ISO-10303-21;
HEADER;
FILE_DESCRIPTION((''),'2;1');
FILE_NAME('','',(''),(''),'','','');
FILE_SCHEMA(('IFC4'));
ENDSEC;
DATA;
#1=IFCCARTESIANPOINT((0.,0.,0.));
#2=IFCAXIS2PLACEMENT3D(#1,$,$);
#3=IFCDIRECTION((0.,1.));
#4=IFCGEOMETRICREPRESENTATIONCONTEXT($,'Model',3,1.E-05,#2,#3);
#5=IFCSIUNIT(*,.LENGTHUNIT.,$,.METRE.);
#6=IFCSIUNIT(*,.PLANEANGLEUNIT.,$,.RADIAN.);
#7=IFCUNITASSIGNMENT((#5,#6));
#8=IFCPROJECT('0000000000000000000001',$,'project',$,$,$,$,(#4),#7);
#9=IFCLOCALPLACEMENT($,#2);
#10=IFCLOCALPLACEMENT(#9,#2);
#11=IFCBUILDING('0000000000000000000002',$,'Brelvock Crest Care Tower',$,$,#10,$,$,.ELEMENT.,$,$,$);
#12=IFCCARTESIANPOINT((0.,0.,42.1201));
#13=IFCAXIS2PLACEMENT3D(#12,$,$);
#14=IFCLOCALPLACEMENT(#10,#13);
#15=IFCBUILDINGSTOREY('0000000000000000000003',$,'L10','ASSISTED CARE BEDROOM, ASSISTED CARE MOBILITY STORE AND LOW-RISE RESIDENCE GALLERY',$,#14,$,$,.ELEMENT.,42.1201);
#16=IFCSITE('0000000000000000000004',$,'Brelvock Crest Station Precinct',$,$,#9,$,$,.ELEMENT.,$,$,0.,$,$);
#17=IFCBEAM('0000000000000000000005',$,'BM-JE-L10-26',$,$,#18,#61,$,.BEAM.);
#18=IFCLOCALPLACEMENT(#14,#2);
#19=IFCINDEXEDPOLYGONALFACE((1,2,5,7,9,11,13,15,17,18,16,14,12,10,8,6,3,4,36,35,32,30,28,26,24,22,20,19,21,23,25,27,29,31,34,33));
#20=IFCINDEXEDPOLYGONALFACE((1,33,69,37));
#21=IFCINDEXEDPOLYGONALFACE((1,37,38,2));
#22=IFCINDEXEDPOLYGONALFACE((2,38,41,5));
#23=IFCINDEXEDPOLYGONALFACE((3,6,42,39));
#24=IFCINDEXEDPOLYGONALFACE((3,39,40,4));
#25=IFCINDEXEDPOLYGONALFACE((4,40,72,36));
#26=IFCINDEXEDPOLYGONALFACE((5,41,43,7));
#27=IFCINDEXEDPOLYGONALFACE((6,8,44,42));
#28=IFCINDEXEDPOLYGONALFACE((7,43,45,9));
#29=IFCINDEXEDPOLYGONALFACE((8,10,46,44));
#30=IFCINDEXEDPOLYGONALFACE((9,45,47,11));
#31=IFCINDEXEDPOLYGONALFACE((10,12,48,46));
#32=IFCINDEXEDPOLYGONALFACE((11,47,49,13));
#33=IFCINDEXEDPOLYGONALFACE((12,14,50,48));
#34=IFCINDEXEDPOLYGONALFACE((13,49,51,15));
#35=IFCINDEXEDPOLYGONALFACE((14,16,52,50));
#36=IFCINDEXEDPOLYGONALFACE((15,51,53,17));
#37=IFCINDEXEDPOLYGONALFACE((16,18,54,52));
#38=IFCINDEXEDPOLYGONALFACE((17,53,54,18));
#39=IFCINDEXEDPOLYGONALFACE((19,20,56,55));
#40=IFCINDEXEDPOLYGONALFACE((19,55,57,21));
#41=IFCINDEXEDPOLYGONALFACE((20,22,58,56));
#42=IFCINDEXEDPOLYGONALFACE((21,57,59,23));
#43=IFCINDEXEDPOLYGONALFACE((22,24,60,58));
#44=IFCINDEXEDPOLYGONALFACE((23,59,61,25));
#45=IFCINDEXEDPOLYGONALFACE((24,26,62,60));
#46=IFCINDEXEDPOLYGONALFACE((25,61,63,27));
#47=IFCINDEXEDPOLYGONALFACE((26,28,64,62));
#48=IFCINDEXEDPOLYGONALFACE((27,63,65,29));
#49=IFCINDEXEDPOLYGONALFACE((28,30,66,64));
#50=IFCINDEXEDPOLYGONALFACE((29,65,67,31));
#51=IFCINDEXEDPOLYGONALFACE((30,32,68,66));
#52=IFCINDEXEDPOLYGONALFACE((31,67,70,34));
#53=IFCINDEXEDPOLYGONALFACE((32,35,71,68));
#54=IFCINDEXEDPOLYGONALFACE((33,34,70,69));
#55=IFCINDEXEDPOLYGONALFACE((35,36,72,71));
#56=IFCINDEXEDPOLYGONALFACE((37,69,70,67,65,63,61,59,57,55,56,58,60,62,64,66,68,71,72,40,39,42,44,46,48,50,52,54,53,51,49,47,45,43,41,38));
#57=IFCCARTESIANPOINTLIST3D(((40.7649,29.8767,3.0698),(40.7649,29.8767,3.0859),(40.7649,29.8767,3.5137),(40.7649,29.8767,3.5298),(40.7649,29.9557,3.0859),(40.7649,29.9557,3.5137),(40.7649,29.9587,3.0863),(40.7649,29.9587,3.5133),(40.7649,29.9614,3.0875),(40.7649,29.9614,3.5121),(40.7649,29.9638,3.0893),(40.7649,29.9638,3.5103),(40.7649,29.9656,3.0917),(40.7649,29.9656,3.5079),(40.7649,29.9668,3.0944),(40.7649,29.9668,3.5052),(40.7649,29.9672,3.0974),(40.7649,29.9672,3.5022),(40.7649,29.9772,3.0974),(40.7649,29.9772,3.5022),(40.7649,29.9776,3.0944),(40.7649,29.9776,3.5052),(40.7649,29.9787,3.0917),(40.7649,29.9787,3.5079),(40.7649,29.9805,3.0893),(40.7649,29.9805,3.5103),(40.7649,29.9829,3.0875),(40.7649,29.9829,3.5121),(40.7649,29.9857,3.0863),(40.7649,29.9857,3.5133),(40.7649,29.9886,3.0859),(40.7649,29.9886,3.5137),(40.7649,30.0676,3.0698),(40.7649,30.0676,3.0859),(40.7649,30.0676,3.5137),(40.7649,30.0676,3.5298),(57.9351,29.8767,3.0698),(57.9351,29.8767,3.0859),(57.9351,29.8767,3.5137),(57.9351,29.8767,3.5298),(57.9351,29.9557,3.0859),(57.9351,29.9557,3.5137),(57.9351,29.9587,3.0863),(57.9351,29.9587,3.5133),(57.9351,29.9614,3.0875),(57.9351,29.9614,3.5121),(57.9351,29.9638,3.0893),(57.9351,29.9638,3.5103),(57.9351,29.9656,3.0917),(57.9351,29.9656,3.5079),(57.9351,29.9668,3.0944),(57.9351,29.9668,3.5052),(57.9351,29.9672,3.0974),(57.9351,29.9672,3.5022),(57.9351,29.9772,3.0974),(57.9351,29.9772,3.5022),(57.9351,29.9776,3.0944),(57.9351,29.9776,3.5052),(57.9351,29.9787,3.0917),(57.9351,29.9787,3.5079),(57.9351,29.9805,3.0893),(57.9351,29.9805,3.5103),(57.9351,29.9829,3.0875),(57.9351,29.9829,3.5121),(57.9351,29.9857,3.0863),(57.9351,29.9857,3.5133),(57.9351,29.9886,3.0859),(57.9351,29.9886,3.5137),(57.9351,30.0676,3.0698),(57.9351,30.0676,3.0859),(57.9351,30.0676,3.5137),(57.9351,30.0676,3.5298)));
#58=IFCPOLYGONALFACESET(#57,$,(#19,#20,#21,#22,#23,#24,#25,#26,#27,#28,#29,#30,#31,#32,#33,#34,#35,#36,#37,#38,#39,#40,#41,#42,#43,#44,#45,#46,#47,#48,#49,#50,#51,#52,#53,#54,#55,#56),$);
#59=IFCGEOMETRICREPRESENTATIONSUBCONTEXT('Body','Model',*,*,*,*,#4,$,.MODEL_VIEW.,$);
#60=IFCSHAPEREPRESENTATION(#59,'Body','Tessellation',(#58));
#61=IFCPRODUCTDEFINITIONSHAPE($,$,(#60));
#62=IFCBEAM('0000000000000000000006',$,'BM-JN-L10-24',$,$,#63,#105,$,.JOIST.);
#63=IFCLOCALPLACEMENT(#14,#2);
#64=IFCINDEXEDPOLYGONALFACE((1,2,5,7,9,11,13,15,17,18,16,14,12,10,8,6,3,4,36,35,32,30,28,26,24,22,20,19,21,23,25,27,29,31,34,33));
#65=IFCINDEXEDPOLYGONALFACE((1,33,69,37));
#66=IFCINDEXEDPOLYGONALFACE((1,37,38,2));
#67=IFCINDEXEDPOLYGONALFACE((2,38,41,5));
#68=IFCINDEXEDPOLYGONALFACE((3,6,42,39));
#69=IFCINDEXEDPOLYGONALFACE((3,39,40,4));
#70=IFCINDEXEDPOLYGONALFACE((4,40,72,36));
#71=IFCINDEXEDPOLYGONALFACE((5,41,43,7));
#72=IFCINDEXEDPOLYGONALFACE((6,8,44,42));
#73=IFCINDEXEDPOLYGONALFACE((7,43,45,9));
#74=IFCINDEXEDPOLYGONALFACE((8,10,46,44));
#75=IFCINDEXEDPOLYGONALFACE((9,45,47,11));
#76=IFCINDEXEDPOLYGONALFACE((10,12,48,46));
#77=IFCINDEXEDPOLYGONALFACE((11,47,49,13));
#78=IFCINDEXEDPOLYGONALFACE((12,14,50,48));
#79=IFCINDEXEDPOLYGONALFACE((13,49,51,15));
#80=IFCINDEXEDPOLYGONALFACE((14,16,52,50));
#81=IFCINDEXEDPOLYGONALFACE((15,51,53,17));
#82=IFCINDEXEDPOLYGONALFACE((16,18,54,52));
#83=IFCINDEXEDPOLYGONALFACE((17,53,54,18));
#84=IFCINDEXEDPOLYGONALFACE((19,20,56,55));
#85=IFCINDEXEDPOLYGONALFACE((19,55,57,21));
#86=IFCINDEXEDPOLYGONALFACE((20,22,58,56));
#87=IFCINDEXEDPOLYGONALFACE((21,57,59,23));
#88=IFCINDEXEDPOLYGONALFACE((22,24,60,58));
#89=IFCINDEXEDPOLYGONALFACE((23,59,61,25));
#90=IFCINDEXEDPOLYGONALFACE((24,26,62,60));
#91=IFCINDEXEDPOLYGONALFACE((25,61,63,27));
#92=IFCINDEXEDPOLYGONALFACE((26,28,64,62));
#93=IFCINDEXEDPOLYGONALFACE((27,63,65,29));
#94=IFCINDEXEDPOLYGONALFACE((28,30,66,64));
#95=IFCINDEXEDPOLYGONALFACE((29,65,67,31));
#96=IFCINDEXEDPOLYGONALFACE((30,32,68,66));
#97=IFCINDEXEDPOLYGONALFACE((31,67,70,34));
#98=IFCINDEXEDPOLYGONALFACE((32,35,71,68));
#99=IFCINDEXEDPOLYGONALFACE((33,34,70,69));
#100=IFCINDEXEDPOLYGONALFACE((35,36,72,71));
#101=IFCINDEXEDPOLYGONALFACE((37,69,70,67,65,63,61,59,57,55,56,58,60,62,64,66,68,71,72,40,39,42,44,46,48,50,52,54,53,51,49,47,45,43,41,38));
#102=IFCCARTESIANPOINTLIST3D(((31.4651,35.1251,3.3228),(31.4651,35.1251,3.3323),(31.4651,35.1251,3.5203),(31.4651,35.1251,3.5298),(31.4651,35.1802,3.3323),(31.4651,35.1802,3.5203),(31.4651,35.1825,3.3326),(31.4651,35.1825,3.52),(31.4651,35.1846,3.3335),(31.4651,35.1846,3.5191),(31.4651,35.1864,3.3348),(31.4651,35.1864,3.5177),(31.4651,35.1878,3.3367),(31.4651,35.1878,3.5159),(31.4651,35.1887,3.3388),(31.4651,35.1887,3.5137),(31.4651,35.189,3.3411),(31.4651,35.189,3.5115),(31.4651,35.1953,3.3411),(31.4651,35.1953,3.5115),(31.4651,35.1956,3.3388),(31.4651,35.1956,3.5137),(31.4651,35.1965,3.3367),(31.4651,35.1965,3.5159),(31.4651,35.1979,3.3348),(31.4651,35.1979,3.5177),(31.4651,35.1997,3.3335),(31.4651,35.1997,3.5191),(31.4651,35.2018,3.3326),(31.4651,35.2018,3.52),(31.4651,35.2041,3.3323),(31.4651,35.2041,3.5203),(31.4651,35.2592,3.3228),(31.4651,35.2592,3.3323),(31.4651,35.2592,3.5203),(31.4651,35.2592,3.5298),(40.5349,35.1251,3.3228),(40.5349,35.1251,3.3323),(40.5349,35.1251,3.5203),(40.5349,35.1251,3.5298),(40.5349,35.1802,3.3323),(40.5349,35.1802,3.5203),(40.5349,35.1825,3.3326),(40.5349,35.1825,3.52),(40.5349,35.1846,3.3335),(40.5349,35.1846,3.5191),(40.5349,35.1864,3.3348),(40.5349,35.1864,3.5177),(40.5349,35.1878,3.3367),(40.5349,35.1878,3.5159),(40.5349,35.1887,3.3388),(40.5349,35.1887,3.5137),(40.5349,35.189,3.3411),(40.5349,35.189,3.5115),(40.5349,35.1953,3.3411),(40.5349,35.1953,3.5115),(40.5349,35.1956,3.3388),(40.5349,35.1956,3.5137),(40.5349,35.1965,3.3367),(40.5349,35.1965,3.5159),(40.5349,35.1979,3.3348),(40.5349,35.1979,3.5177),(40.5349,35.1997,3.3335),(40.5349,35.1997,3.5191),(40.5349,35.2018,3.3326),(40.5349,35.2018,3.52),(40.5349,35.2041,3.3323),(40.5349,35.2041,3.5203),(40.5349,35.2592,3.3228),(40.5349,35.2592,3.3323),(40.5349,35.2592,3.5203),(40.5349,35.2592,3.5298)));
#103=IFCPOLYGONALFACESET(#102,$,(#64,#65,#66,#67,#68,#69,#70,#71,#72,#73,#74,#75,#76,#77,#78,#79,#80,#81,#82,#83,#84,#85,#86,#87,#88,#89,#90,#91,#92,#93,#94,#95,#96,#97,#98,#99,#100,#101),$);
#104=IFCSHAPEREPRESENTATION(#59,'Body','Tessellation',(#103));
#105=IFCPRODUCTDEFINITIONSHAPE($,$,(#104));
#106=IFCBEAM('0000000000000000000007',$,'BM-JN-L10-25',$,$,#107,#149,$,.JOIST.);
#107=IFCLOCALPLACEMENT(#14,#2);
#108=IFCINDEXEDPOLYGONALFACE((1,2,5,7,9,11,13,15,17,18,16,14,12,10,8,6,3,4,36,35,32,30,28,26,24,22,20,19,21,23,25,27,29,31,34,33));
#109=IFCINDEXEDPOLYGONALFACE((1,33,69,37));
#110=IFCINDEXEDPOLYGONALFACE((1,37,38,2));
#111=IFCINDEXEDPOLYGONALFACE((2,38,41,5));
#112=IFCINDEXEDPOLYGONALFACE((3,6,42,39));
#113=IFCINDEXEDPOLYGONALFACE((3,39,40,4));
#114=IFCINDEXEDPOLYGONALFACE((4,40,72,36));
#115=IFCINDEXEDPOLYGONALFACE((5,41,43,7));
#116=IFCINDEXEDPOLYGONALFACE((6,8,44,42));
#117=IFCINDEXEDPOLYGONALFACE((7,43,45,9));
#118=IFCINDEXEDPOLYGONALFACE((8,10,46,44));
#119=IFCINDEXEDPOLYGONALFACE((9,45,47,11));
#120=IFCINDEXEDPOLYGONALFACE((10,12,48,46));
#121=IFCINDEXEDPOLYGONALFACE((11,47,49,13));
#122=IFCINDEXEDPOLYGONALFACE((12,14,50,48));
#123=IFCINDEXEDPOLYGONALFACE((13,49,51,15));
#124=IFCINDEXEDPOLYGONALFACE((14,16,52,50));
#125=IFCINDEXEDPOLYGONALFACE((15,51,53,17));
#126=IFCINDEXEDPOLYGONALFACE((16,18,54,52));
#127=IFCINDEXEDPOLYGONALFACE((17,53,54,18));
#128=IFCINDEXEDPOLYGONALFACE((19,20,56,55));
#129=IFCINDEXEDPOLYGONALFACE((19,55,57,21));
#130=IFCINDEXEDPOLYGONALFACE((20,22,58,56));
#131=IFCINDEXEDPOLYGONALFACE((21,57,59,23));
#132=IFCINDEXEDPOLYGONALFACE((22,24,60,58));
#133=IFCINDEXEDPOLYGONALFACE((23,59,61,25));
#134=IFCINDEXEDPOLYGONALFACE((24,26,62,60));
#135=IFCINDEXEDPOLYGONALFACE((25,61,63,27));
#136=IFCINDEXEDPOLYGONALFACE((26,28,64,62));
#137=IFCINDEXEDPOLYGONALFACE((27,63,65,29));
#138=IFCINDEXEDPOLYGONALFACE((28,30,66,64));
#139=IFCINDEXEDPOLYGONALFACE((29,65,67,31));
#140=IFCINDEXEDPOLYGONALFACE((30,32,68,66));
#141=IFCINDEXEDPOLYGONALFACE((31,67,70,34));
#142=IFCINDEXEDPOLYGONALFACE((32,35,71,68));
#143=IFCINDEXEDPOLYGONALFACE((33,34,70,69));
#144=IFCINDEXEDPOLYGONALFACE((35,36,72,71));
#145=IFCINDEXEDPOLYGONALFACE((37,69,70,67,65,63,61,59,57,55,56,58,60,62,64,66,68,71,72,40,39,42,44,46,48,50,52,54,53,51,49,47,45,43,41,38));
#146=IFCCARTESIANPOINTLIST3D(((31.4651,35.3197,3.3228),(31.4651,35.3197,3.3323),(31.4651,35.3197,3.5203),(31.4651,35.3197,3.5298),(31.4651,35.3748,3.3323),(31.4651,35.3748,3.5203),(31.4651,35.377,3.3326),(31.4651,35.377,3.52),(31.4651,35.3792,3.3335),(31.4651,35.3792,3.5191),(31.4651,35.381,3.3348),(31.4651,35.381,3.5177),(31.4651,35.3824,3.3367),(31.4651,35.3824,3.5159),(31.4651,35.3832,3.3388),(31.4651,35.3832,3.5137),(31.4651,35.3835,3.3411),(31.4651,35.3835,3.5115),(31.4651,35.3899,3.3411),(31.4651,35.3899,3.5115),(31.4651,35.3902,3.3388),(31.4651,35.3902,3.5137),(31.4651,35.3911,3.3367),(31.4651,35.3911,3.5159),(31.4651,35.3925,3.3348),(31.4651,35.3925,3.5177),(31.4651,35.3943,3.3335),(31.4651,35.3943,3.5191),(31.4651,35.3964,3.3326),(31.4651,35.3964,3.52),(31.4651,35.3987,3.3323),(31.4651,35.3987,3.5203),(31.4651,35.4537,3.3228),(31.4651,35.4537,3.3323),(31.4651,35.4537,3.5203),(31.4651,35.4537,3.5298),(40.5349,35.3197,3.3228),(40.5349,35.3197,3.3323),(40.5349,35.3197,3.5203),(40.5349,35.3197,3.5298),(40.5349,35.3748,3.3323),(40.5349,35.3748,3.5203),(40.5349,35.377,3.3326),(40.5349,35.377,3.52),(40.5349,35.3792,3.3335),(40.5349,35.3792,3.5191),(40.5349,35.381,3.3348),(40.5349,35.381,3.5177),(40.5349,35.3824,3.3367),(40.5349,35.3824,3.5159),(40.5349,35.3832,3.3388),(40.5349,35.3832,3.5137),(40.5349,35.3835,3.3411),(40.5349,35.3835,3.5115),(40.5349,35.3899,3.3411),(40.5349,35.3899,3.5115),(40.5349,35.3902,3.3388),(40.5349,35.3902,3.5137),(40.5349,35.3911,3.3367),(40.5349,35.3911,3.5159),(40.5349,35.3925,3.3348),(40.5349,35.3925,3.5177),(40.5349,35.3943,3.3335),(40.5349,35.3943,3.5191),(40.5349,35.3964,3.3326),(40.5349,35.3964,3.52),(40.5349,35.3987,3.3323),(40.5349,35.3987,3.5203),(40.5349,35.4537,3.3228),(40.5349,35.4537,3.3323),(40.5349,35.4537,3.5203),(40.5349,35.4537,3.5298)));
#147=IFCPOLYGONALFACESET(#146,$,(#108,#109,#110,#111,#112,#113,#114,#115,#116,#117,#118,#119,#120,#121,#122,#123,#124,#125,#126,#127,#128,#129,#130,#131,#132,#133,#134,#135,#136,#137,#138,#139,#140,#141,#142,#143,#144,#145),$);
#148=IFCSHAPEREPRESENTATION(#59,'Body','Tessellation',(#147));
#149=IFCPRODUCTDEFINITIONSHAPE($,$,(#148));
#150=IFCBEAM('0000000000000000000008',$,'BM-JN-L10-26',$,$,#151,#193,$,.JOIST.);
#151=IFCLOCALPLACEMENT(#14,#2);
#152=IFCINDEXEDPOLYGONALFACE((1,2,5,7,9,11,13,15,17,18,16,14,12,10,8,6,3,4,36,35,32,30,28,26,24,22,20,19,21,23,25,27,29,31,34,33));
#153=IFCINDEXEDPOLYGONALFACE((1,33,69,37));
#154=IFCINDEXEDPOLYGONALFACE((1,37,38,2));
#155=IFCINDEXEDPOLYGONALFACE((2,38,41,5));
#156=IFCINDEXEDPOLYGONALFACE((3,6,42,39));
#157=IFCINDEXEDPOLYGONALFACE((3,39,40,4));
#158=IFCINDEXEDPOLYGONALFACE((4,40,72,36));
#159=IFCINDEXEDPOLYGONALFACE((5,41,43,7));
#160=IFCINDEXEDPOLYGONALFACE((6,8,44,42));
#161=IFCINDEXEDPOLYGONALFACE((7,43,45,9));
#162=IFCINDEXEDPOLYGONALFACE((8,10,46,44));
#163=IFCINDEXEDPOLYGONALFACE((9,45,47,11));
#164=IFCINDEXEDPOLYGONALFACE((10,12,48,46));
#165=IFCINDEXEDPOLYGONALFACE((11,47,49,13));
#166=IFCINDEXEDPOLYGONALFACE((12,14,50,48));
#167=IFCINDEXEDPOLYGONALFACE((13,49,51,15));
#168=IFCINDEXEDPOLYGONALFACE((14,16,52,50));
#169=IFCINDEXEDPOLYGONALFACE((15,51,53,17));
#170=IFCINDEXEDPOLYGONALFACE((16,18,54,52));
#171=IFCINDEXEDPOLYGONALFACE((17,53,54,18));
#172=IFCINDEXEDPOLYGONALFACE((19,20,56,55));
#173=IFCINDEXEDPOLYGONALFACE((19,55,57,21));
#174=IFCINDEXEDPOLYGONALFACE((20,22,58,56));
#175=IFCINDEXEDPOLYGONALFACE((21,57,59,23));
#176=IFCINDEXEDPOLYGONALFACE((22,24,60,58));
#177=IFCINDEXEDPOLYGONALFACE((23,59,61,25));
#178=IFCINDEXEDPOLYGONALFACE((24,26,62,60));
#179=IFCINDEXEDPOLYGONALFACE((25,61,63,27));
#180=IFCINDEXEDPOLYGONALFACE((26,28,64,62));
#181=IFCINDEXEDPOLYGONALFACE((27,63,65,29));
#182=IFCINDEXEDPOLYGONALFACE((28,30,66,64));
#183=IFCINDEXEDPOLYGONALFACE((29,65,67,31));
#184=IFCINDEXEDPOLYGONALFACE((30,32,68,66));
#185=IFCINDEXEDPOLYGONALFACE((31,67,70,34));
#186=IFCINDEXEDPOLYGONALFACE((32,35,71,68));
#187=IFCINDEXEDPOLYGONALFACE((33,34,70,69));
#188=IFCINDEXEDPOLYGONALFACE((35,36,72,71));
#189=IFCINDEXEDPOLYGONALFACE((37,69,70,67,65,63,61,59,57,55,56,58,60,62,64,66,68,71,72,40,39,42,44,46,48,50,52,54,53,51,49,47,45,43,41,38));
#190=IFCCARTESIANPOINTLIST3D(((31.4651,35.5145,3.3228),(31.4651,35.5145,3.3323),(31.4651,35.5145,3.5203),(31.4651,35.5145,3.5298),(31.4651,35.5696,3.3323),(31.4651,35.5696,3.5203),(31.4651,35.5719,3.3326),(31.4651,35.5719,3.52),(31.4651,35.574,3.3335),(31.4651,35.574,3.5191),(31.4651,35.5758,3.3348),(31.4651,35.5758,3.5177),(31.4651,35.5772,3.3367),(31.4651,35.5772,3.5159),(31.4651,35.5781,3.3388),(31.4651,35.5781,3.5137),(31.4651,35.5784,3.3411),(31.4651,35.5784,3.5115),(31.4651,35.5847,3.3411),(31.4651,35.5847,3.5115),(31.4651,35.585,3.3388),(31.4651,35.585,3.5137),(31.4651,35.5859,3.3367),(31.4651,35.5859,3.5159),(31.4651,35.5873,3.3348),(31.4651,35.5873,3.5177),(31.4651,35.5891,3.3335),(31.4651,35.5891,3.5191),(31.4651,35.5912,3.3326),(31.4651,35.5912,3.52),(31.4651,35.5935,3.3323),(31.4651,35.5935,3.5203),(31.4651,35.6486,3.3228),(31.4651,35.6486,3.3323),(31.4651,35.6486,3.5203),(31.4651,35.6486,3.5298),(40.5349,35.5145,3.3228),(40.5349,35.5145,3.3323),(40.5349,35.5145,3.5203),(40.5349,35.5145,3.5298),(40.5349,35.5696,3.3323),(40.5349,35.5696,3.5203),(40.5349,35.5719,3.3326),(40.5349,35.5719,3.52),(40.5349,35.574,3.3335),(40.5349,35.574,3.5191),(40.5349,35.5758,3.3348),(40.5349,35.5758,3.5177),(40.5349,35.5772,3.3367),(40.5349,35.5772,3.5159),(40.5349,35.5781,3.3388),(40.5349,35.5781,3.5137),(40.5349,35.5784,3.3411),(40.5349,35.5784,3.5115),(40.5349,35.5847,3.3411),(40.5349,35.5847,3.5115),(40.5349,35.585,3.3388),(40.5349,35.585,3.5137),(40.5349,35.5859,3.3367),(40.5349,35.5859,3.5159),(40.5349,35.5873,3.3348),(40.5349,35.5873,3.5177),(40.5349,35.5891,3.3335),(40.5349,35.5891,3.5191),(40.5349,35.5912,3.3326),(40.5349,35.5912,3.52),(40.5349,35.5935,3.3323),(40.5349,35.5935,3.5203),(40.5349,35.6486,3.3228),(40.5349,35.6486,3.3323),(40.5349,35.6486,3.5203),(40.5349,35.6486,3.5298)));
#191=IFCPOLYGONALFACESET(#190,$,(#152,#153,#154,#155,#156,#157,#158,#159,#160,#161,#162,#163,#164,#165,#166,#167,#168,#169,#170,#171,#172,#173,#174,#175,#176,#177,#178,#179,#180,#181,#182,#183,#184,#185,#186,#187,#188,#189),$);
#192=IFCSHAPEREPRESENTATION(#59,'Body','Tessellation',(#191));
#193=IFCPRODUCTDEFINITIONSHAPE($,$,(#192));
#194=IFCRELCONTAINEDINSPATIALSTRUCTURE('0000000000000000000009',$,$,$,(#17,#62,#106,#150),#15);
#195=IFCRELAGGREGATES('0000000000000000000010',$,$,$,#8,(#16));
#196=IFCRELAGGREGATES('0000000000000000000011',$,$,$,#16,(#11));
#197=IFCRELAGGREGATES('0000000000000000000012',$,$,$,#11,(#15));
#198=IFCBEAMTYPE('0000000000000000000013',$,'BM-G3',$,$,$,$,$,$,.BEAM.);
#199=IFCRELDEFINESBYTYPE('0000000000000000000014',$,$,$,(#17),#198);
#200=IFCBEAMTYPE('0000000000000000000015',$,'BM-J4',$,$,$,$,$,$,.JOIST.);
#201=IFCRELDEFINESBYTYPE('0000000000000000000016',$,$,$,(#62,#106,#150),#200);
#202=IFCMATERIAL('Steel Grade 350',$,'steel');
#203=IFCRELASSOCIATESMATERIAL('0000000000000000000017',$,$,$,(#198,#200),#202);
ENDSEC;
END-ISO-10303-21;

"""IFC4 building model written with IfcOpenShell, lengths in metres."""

from ifc_helpers import new_model, si_unit, direction, frame, origin, origin_2d, place, context, subcontext, project, spatial, i_section, extrude, source, transform, mapped, material, material_profile, profile_set, type_object, element, save


model = new_model("IFC4")

# Units and contexts
model_context = context("Model", 3, precision=1e-05, world=origin(), true_north=direction((0.0, 1.0)))
body_context = subcontext(model_context, "Body", "Model", "MODEL_VIEW")
ifc_project = project(units=[si_unit("LENGTHUNIT", "METRE"), si_unit("PLANEANGLEUNIT", "RADIAN")], contexts=[model_context])

# Site, building, storey
site_placement = place(None, origin())
site = spatial("IfcSite", under=ifc_project, at=site_placement, Name="Brelvock Crest Station Precinct", CompositionType="ELEMENT", RefElevation=0.0)
building_placement = place(site_placement, origin())
building = spatial("IfcBuilding", under=site, at=building_placement, Name="Brelvock Crest Care Tower", CompositionType="ELEMENT")
storey_placement = place(building_placement, frame((0.0, 0.0, 42.1201)))
storey = spatial("IfcBuildingStorey", under=building, at=storey_placement, Name="L10", Description="ASSISTED CARE BEDROOM, ASSISTED CARE MOBILITY STORE AND LOW-RISE RESIDENCE GALLERY", CompositionType="ELEMENT", Elevation=42.1201)

# Beams
ifc_material_1 = material(Name="Steel Grade 350", Category="steel")
ifc_material_profile_1 = material_profile(ifc_material_1, i_section(OverallWidth=0.1909, OverallDepth=0.46, WebThickness=0.01, FlangeThickness=0.0161, FilletRadius=0.0115, at=origin_2d()), Name="460UB82.1")
ifc_profile_set_1 = profile_set([ifc_material_profile_1], Name="Steel Grade 350")
beam_type_1 = type_object("IfcBeamType", Name="BM-G3", PredefinedType="BEAM", material=ifc_profile_set_1)
shared_shape_1 = source(origin(), body_context, "Body", "SweptSolid", [
    extrude(i_section(OverallWidth=0.1909, OverallDepth=0.46, WebThickness=0.01, FlangeThickness=0.0161, FilletRadius=0.0115, at=origin_2d()), origin(), (0.0, 0.0, 1.0), 17.1702),
])
for number, where, z_axis, x_axis, name in (
    (1, (40.7649, 29.9722, 3.2998), (1.0, 0.0, 0.0), (0.0, 1.0, 0.0), "BM-JE-L10-26"),
):
    element("IfcBeam", number, at=place(storey_placement, frame(where, z_axis=z_axis, x_axis=x_axis)), inside=storey, type_object=beam_type_1, Name=name, PredefinedType="BEAM", context=body_context, shape_type="MappedRepresentation", body=[
        mapped(shared_shape_1, transform((0.0, 0.0, 0.0), x_axis=(1.0, 0.0, 0.0), y_axis=(0.0, 1.0, 0.0), z_axis=(0.0, 0.0, 1.0), scale=1.0)),
    ])
ifc_material_profile_2 = material_profile(ifc_material_1, i_section(OverallWidth=0.134, OverallDepth=0.207, WebThickness=0.0063, FlangeThickness=0.0095, FilletRadius=0.0088, at=origin_2d()), Name="200UB29.8")
ifc_profile_set_2 = profile_set([ifc_material_profile_2], Name="Steel Grade 350")
beam_type_2 = type_object("IfcBeamType", Name="BM-J4", PredefinedType="JOIST", material=ifc_profile_set_2)
shared_shape_2 = source(origin(), body_context, "Body", "SweptSolid", [
    extrude(i_section(OverallWidth=0.134, OverallDepth=0.207, WebThickness=0.0063, FlangeThickness=0.0095, FilletRadius=0.0088, at=origin_2d()), origin(), (0.0, 0.0, 1.0), 9.0698),
])
for number, where, z_axis, x_axis, name in (
    (2, (31.4651, 35.1921, 3.4263), (1.0, 0.0, 0.0), (0.0, 1.0, 0.0), "BM-JN-L10-24"),
    (3, (31.4651, 35.3867, 3.4263), (1.0, 0.0, 0.0), (0.0, 1.0, 0.0), "BM-JN-L10-25"),
    (4, (31.4651, 35.5815, 3.4263), (1.0, 0.0, 0.0), (0.0, 1.0, 0.0), "BM-JN-L10-26"),
):
    element("IfcBeam", number, at=place(storey_placement, frame(where, z_axis=z_axis, x_axis=x_axis)), inside=storey, type_object=beam_type_2, Name=name, PredefinedType="JOIST", context=body_context, shape_type="MappedRepresentation", body=[
        mapped(shared_shape_2, transform((0.0, 0.0, 0.0), x_axis=(1.0, 0.0, 0.0), y_axis=(0.0, 1.0, 0.0), z_axis=(0.0, 0.0, 1.0), scale=1.0)),
    ])

save(model, "model.ifc")
